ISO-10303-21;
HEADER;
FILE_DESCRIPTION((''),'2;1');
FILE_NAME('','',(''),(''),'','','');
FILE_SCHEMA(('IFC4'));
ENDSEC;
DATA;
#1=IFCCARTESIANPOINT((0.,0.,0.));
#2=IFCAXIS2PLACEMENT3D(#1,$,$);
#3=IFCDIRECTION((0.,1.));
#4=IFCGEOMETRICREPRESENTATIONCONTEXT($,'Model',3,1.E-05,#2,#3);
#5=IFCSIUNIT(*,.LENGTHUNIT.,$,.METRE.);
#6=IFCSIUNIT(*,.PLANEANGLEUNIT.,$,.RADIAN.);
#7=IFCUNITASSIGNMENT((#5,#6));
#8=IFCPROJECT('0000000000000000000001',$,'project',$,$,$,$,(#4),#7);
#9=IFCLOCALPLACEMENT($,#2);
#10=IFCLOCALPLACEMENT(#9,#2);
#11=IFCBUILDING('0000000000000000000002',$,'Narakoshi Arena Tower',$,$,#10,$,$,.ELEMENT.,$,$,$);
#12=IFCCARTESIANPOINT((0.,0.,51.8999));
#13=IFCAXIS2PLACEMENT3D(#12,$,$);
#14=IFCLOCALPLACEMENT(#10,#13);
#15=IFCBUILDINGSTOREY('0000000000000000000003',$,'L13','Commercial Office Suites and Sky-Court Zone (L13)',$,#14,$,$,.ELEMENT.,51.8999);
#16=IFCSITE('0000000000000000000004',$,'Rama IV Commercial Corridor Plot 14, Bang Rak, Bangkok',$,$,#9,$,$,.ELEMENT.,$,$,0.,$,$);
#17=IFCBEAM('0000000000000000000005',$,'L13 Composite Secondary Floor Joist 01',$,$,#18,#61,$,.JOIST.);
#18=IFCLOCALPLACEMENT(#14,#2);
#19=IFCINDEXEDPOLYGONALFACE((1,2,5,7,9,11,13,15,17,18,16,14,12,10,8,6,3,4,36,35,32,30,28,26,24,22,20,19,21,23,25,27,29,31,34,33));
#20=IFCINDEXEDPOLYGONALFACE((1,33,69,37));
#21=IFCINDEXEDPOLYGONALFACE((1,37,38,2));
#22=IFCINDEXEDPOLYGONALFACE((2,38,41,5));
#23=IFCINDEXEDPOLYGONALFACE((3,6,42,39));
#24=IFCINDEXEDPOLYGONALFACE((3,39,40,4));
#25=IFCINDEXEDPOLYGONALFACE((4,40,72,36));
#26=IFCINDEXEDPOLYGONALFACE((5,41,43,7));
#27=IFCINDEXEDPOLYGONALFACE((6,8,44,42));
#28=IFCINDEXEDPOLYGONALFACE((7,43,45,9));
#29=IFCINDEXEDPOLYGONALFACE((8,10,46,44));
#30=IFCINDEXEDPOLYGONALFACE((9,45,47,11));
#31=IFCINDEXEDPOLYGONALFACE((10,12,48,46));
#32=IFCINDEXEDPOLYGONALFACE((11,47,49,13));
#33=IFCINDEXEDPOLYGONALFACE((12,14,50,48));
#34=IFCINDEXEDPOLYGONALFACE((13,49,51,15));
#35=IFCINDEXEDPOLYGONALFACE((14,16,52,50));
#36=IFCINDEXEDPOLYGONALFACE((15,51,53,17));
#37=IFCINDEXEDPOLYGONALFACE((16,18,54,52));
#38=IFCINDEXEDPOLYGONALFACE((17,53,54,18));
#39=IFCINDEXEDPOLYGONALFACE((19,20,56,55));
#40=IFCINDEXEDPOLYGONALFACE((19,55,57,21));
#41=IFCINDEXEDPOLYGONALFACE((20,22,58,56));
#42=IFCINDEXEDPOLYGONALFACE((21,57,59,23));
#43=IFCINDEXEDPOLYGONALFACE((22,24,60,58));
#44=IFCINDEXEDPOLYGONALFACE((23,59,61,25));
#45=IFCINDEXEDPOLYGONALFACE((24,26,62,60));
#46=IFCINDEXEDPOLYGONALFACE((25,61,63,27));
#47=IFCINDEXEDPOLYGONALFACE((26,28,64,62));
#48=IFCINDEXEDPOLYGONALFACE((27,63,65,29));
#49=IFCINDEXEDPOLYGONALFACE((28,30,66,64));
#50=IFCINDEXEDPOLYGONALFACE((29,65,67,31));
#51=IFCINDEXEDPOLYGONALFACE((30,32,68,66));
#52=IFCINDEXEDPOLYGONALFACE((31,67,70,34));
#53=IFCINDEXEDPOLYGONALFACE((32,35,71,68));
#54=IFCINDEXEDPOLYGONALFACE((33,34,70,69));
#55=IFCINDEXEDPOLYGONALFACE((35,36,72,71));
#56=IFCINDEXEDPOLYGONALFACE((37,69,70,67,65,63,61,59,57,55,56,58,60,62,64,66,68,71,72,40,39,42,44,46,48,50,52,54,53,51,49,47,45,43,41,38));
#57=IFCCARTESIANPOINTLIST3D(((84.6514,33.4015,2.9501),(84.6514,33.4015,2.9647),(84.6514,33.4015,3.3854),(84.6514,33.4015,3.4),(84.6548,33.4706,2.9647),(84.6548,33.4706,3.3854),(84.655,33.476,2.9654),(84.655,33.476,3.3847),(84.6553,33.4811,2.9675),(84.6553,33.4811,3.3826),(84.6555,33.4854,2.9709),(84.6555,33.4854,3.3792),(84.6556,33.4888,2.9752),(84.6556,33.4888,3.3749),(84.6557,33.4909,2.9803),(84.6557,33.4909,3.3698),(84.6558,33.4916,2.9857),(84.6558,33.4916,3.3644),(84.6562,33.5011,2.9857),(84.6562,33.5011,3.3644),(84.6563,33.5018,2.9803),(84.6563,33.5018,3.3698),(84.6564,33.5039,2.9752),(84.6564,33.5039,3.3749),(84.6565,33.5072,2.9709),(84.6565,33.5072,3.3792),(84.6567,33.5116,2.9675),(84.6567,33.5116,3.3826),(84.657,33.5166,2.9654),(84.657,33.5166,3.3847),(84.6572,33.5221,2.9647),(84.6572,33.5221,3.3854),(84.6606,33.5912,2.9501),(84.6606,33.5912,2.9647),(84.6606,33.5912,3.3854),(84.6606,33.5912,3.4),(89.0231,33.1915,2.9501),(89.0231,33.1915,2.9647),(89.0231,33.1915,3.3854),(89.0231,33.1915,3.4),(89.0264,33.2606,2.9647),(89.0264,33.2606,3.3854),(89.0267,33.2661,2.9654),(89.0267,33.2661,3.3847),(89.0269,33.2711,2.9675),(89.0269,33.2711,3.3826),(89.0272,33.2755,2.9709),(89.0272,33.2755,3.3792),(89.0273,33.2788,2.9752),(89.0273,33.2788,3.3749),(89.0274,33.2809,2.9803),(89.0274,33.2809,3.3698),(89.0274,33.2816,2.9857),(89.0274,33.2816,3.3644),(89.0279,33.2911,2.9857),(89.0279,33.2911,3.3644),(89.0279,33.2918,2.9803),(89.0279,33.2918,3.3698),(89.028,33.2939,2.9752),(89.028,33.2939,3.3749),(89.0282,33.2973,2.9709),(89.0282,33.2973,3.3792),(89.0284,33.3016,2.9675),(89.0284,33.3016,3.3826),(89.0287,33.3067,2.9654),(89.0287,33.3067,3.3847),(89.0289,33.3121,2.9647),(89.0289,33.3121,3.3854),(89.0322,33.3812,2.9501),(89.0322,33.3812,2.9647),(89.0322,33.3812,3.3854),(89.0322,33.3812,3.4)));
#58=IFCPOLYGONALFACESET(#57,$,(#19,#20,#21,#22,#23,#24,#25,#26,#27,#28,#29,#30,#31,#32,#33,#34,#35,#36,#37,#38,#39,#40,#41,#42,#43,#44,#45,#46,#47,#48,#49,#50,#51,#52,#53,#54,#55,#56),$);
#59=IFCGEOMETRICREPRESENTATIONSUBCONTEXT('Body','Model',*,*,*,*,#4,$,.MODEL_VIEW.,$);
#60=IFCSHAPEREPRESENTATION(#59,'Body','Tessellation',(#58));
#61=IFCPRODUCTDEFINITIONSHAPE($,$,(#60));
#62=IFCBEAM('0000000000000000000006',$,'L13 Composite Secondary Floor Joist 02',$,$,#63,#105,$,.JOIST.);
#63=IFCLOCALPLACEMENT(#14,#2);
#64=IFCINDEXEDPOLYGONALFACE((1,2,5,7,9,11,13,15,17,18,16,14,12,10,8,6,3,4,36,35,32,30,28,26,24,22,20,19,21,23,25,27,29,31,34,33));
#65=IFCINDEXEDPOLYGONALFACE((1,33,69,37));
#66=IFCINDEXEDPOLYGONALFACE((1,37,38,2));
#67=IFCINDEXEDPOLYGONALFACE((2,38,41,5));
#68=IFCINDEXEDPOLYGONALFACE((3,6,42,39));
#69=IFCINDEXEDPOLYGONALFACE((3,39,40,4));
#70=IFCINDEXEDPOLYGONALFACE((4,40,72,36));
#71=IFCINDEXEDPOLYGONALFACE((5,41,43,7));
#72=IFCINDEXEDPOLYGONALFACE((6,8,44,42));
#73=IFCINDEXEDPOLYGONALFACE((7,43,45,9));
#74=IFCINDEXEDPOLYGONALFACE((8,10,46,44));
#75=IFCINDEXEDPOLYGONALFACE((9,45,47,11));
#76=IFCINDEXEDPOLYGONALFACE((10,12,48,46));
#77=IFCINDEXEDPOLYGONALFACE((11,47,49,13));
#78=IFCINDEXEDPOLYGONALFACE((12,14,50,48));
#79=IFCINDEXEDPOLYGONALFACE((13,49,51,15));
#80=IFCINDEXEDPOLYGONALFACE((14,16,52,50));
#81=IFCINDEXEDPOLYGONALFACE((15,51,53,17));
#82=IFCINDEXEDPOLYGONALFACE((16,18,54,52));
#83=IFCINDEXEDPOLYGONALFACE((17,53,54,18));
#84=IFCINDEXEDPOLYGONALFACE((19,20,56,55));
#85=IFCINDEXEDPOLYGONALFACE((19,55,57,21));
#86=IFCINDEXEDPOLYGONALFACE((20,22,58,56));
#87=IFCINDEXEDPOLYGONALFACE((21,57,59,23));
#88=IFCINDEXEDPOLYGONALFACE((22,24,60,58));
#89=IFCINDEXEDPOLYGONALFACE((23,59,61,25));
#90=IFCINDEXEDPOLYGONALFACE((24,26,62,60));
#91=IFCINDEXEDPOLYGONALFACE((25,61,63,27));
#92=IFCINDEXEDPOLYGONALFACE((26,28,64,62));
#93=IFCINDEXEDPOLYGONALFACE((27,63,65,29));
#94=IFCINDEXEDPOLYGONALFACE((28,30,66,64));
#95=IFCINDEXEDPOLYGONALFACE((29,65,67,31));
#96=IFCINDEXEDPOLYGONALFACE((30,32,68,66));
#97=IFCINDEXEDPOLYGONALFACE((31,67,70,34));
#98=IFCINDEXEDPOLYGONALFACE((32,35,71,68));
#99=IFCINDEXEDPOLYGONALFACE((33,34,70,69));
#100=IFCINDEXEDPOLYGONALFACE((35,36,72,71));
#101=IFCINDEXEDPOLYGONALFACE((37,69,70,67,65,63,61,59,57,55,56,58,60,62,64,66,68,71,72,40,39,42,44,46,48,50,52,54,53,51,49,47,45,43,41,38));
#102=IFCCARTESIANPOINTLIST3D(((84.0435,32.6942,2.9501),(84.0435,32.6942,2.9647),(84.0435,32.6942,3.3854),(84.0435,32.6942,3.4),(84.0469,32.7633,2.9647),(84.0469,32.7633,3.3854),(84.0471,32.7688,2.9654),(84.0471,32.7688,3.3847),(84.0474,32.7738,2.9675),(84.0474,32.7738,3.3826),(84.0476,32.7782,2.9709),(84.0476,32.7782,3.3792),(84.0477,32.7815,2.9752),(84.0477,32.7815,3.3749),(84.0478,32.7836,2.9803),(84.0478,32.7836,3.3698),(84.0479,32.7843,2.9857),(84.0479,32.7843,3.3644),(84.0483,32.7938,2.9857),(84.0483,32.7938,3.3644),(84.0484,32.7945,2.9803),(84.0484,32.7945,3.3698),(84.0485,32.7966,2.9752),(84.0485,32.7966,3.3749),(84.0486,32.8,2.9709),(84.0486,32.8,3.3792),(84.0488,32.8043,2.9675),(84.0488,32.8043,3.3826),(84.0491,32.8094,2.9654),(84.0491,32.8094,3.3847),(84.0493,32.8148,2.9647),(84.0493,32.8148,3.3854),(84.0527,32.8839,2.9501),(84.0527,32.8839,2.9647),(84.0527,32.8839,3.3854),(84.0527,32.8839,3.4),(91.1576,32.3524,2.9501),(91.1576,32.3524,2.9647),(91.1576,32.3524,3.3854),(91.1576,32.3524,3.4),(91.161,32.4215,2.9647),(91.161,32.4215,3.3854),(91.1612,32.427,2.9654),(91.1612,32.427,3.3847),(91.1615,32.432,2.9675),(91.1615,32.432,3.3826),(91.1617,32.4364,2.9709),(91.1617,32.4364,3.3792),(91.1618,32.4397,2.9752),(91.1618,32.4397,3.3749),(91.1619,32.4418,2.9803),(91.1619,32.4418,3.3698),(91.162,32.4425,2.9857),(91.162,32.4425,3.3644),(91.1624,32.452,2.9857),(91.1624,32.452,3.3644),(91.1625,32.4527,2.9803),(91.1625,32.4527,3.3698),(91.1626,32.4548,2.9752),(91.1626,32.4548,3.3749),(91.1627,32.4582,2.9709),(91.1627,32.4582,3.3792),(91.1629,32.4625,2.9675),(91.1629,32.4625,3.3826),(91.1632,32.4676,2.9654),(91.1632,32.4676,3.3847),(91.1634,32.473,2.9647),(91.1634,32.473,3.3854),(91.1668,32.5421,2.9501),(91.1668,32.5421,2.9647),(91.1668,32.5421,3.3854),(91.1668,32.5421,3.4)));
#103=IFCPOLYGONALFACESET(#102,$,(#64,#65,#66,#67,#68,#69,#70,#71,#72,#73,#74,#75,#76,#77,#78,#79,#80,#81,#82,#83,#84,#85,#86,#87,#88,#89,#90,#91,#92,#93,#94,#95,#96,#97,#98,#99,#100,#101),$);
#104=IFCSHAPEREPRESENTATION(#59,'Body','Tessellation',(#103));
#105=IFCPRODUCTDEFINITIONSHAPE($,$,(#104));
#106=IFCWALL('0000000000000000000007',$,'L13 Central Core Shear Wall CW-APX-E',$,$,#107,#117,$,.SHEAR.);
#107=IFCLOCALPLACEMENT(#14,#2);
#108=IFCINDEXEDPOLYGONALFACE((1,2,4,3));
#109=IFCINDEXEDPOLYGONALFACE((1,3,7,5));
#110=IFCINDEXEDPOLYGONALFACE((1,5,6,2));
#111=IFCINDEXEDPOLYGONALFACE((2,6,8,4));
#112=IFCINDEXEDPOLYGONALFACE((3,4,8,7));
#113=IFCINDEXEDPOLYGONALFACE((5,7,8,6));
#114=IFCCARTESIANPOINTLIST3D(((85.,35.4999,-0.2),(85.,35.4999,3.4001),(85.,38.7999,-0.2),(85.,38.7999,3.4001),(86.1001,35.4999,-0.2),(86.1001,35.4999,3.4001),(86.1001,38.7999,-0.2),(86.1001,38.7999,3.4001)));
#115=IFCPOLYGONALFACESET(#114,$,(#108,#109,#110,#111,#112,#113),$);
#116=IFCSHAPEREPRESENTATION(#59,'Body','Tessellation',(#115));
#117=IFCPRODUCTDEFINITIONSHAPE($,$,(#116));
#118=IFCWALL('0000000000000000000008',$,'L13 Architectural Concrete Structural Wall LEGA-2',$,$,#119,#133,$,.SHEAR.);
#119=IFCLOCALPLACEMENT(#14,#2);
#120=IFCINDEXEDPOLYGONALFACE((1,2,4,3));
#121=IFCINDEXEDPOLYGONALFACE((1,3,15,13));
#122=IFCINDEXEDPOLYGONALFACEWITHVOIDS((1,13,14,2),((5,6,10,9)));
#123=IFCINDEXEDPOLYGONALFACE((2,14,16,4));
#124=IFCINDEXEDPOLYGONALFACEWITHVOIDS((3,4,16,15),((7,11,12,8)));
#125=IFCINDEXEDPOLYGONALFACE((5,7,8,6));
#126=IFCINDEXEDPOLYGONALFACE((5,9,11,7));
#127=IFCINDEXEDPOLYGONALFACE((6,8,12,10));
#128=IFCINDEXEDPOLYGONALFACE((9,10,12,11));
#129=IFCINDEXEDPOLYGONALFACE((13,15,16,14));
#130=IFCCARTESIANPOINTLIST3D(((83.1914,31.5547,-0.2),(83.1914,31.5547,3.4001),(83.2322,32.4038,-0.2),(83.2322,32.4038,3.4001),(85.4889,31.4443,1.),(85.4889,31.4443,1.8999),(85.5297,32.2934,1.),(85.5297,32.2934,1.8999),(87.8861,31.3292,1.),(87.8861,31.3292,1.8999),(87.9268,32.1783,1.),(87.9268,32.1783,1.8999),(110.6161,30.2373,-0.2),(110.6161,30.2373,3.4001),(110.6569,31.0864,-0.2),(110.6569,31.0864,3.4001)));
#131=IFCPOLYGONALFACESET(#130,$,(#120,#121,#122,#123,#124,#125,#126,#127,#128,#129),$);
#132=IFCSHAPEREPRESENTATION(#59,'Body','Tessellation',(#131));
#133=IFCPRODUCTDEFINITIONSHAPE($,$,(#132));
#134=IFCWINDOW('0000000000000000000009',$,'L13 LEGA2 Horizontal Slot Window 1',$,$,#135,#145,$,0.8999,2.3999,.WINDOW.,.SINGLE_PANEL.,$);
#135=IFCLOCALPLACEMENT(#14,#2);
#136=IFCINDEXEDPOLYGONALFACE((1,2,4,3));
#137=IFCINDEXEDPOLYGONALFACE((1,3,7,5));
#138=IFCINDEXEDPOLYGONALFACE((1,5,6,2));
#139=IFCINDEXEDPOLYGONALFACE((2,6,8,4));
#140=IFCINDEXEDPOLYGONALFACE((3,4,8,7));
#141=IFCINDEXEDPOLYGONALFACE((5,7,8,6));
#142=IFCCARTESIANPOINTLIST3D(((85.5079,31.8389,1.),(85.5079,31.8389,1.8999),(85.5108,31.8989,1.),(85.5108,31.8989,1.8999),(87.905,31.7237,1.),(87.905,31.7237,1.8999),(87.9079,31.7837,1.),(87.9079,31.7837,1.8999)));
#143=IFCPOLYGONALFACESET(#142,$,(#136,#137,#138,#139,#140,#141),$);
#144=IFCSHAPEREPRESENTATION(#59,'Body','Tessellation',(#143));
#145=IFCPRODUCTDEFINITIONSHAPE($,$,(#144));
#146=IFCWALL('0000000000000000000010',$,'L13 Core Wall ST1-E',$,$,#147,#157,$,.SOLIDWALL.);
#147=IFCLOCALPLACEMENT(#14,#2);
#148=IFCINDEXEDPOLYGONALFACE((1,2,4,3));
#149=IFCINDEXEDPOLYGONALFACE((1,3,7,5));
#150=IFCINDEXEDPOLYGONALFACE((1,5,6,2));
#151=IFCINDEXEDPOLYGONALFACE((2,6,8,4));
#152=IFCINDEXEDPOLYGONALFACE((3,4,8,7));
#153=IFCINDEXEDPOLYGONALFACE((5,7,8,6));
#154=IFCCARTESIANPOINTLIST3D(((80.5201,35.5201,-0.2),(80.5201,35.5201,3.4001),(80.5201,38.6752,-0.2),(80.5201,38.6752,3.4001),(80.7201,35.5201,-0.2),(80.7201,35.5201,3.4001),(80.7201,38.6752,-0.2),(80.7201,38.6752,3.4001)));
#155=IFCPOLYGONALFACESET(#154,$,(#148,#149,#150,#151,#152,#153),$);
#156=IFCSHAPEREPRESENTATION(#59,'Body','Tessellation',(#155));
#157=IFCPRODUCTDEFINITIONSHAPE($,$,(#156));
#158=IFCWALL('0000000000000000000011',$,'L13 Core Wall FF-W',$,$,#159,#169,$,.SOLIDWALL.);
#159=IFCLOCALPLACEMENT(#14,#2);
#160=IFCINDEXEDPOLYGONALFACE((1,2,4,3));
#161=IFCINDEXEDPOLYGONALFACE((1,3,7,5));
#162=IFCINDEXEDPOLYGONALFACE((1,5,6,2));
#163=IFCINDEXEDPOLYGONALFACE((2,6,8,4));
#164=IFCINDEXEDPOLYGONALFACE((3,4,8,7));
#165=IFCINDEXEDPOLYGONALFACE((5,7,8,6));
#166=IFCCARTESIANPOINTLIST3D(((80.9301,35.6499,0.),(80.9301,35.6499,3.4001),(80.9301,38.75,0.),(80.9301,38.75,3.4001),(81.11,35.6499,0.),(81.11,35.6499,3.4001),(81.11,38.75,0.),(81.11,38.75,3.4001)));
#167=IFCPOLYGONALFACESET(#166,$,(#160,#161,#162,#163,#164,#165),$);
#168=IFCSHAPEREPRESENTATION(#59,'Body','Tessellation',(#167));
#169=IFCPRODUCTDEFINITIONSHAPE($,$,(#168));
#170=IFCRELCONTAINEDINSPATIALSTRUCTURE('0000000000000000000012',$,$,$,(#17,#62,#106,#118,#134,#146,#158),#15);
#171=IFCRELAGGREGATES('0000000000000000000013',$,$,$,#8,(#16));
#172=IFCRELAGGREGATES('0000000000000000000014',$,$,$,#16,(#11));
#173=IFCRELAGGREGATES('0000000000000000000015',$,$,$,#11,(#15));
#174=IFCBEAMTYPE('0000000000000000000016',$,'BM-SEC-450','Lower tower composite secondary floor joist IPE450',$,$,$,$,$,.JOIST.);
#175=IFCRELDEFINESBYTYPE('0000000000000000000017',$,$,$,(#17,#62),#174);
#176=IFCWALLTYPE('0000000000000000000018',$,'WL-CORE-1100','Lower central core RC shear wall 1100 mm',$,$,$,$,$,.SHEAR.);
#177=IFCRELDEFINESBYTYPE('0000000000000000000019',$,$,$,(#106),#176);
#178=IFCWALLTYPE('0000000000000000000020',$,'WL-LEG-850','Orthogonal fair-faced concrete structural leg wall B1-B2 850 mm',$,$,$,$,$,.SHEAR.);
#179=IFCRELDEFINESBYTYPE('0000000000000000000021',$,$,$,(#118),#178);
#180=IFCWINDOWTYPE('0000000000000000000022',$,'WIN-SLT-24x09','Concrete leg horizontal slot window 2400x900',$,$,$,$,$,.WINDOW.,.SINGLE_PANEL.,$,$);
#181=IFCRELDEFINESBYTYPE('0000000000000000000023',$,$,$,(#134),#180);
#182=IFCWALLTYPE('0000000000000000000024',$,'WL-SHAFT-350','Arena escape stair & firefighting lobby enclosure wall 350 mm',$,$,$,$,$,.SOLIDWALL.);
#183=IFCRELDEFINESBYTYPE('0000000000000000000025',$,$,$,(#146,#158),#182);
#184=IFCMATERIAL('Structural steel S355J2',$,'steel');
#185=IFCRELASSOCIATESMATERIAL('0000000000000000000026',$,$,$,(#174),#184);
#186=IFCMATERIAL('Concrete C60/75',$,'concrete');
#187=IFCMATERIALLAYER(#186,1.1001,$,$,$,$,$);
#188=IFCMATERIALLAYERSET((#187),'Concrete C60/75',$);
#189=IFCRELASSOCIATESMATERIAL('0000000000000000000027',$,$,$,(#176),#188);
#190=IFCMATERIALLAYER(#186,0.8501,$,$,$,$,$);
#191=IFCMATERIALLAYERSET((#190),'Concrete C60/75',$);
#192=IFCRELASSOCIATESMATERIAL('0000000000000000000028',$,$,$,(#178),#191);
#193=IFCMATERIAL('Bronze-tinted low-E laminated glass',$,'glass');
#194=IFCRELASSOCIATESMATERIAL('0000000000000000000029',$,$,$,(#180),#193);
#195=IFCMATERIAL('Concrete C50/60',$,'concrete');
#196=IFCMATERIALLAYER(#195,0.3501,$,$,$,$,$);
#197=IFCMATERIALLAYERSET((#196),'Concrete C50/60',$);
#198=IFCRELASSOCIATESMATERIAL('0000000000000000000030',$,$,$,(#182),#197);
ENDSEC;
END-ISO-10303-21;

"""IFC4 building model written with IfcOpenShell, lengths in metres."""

from ifc_helpers import new_model, si_unit, direction, frame, frame_2d, origin, origin_2d, place, context, subcontext, project, spatial, rectangle, i_section, extrude, material, layer, layer_set, material_profile, profile_set, type_object, element, fill, save


model = new_model("IFC4")

# Units and contexts
model_context = context("Model", 3, precision=1e-05, world=origin(), true_north=direction((0.0, 1.0)))
body_context = subcontext(model_context, "Body", "Model", "MODEL_VIEW")
ifc_project = project(units=[si_unit("LENGTHUNIT", "METRE"), si_unit("PLANEANGLEUNIT", "RADIAN")], contexts=[model_context])

# Site, building, storey
site_placement = place(None, origin())
site = spatial("IfcSite", under=ifc_project, at=site_placement, Name="Rama IV Commercial Corridor Plot 14, Bang Rak, Bangkok", CompositionType="ELEMENT", RefElevation=0.0)
building_placement = place(site_placement, origin())
building = spatial("IfcBuilding", under=site, at=building_placement, Name="Narakoshi Arena Tower", CompositionType="ELEMENT")
storey_placement = place(building_placement, frame((0.0, 0.0, 51.8999)))
storey = spatial("IfcBuildingStorey", under=building, at=storey_placement, Name="L13", Description="Commercial Office Suites and Sky-Court Zone (L13)", CompositionType="ELEMENT", Elevation=51.8999)

# Shared definitions
ifc_material_1 = material(Name="Concrete C60/75", Category="concrete")

# Beams
ifc_material_2 = material(Name="Structural steel S355J2", Category="steel")
ifc_material_profile_1 = material_profile(ifc_material_2, i_section(OverallWidth=0.1899, OverallDepth=0.45, WebThickness=0.0095, FlangeThickness=0.0146, FilletRadius=0.021, at=origin_2d()), Name="IPE450")
ifc_profile_set_1 = profile_set([ifc_material_profile_1], Name="Structural steel S355J2")
beam_type_1 = type_object("IfcBeamType", Name="BM-SEC-450", Description="Lower tower composite secondary floor joist IPE450", PredefinedType="JOIST", material=ifc_profile_set_1)
beam_1_placement = place(storey_placement, frame((84.656, 33.4963, 3.175), z_axis=(0.998849, -0.047973, 0.0), x_axis=(0.047973, 0.998849, 0.0)))
element("IfcBeam", 1, at=beam_1_placement, inside=storey, type_object=beam_type_1, Name="L13 Composite Secondary Floor Joist 01", PredefinedType="JOIST", context=body_context, shape_type="SweptSolid", body=[
    extrude(i_section(OverallWidth=0.1899, OverallDepth=0.45, WebThickness=0.0095, FlangeThickness=0.0146, FilletRadius=0.021, at=origin_2d()), origin(), (0.0, 0.0, 1.0), 4.3767),
])
beam_2_placement = place(storey_placement, frame((84.0481, 32.7891, 3.175), z_axis=(0.998848, -0.04799, 0.0), x_axis=(0.04799, 0.998848, 0.0)))
element("IfcBeam", 2, at=beam_2_placement, inside=storey, type_object=beam_type_1, Name="L13 Composite Secondary Floor Joist 02", PredefinedType="JOIST", context=body_context, shape_type="SweptSolid", body=[
    extrude(i_section(OverallWidth=0.1899, OverallDepth=0.45, WebThickness=0.0095, FlangeThickness=0.0146, FilletRadius=0.021, at=origin_2d()), origin(), (0.0, 0.0, 1.0), 7.1223),
])

# Wall
ifc_layer_1 = layer(ifc_material_1, 1.1001)
ifc_layer_set_1 = layer_set([ifc_layer_1], Name="Concrete C60/75")
wall_type_1 = type_object("IfcWallType", Name="WL-CORE-1100", Description="Lower central core RC shear wall 1100 mm", PredefinedType="SHEAR", material=ifc_layer_set_1)
wall_1_placement = place(storey_placement, frame((85.55, 35.5, -0.2), z_axis=(0.0, 0.0, 1.0), x_axis=(0.0, 1.0, 0.0)))
element("IfcWall", 3, at=wall_1_placement, inside=storey, type_object=wall_type_1, Name="L13 Central Core Shear Wall CW-APX-E", PredefinedType="SHEAR", context=body_context, shape_type="SweptSolid", body=[
    extrude(rectangle(XDim=3.3, YDim=1.1001, at=frame_2d((1.6499, 0.0))), origin(), (0.0, 0.0, 1.0), 3.6001),
])

# Wall, opening, window
ifc_layer_2 = layer(ifc_material_1, 0.8501)
ifc_layer_set_2 = layer_set([ifc_layer_2], Name="Concrete C60/75")
wall_type_2 = type_object("IfcWallType", Name="WL-LEG-850", Description="Orthogonal fair-faced concrete structural leg wall B1-B2 850 mm", PredefinedType="SHEAR", material=ifc_layer_set_2)
wall_2_placement = place(storey_placement, frame((83.2119, 31.9792, -0.2), z_axis=(0.0, 0.0, 1.0), x_axis=(0.998848, -0.047981, 0.0)))
wall_2 = element("IfcWall", 4, at=wall_2_placement, inside=storey, type_object=wall_type_2, Name="L13 Architectural Concrete Structural Wall LEGA-2", PredefinedType="SHEAR", context=body_context, shape_type="SweptSolid", body=[
    extrude(rectangle(XDim=27.4563, YDim=0.8501, at=frame_2d((13.728, 0.0))), origin(), (0.0, 0.0, 1.0), 3.6001),
])
opening_1_placement = place(wall_2_placement, frame((2.3, 0.0, 1.2)))
opening_1 = element("IfcOpeningElement", 5, at=opening_1_placement, cuts=wall_2, PredefinedType="OPENING", context=body_context, shape_type="SweptSolid", body=[
    extrude(rectangle(XDim=2.3999, YDim=0.8999, at=frame_2d((1.2, 0.45))), frame((0.0, 0.4351, 0.0), z_axis=(0.0, -1.0, 0.0), x_axis=(1.0, 0.0, 0.0)), (0.0, 0.0, 1.0), 0.8701),
])
ifc_material_3 = material(Name="Bronze-tinted low-E laminated glass", Category="glass")
window_type = type_object("IfcWindowType", Name="WIN-SLT-24x09", Description="Concrete leg horizontal slot window 2400x900", PartitioningType="SINGLE_PANEL", PredefinedType="WINDOW", material=ifc_material_3)
window_placement = place(opening_1_placement, origin())
window = element("IfcWindow", 6, at=window_placement, inside=storey, type_object=window_type, Name="L13 LEGA2 Horizontal Slot Window 1", OverallHeight=0.8999, OverallWidth=2.3999, PartitioningType="SINGLE_PANEL", PredefinedType="WINDOW", context=body_context, shape_type="SweptSolid", body=[
    extrude(rectangle(XDim=2.3999, YDim=0.8999, at=frame_2d((1.2, 0.45))), frame((0.0, 0.03, 0.0), z_axis=(0.0, -1.0, 0.0), x_axis=(1.0, 0.0, 0.0)), (0.0, 0.0, 1.0), 0.0601),
])
fill(opening_1, window)

# Walls
ifc_material_4 = material(Name="Concrete C50/60", Category="concrete")
ifc_layer_3 = layer(ifc_material_4, 0.3501)
ifc_layer_set_3 = layer_set([ifc_layer_3], Name="Concrete C50/60")
wall_type_3 = type_object("IfcWallType", Name="WL-SHAFT-350", Description="Arena escape stair & firefighting lobby enclosure wall 350 mm", PredefinedType="SOLIDWALL", material=ifc_layer_set_3)
wall_3_placement = place(storey_placement, frame((80.6201, 35.52, -0.2), z_axis=(0.0, 0.0, 1.0), x_axis=(0.0, 1.0, 0.0)))
element("IfcWall", 7, at=wall_3_placement, inside=storey, type_object=wall_type_3, Name="L13 Core Wall ST1-E", PredefinedType="SOLIDWALL", context=body_context, shape_type="SweptSolid", body=[
    extrude(rectangle(XDim=3.155, YDim=0.2, at=frame_2d((1.5776, 0.0))), origin(), (0.0, 0.0, 1.0), 3.6001),
])
wall_4_placement = place(storey_placement, frame((81.02, 35.6499, 0.0), z_axis=(0.0, 0.0, 1.0), x_axis=(0.0, 1.0, 0.0)))
element("IfcWall", 8, at=wall_4_placement, inside=storey, type_object=wall_type_3, Name="L13 Core Wall FF-W", PredefinedType="SOLIDWALL", context=body_context, shape_type="SweptSolid", body=[
    extrude(rectangle(XDim=3.1001, YDim=0.1799, at=frame_2d((1.55, 0.0))), origin(), (0.0, 0.0, 1.0), 3.4001),
])

save(model, "model.ifc")
